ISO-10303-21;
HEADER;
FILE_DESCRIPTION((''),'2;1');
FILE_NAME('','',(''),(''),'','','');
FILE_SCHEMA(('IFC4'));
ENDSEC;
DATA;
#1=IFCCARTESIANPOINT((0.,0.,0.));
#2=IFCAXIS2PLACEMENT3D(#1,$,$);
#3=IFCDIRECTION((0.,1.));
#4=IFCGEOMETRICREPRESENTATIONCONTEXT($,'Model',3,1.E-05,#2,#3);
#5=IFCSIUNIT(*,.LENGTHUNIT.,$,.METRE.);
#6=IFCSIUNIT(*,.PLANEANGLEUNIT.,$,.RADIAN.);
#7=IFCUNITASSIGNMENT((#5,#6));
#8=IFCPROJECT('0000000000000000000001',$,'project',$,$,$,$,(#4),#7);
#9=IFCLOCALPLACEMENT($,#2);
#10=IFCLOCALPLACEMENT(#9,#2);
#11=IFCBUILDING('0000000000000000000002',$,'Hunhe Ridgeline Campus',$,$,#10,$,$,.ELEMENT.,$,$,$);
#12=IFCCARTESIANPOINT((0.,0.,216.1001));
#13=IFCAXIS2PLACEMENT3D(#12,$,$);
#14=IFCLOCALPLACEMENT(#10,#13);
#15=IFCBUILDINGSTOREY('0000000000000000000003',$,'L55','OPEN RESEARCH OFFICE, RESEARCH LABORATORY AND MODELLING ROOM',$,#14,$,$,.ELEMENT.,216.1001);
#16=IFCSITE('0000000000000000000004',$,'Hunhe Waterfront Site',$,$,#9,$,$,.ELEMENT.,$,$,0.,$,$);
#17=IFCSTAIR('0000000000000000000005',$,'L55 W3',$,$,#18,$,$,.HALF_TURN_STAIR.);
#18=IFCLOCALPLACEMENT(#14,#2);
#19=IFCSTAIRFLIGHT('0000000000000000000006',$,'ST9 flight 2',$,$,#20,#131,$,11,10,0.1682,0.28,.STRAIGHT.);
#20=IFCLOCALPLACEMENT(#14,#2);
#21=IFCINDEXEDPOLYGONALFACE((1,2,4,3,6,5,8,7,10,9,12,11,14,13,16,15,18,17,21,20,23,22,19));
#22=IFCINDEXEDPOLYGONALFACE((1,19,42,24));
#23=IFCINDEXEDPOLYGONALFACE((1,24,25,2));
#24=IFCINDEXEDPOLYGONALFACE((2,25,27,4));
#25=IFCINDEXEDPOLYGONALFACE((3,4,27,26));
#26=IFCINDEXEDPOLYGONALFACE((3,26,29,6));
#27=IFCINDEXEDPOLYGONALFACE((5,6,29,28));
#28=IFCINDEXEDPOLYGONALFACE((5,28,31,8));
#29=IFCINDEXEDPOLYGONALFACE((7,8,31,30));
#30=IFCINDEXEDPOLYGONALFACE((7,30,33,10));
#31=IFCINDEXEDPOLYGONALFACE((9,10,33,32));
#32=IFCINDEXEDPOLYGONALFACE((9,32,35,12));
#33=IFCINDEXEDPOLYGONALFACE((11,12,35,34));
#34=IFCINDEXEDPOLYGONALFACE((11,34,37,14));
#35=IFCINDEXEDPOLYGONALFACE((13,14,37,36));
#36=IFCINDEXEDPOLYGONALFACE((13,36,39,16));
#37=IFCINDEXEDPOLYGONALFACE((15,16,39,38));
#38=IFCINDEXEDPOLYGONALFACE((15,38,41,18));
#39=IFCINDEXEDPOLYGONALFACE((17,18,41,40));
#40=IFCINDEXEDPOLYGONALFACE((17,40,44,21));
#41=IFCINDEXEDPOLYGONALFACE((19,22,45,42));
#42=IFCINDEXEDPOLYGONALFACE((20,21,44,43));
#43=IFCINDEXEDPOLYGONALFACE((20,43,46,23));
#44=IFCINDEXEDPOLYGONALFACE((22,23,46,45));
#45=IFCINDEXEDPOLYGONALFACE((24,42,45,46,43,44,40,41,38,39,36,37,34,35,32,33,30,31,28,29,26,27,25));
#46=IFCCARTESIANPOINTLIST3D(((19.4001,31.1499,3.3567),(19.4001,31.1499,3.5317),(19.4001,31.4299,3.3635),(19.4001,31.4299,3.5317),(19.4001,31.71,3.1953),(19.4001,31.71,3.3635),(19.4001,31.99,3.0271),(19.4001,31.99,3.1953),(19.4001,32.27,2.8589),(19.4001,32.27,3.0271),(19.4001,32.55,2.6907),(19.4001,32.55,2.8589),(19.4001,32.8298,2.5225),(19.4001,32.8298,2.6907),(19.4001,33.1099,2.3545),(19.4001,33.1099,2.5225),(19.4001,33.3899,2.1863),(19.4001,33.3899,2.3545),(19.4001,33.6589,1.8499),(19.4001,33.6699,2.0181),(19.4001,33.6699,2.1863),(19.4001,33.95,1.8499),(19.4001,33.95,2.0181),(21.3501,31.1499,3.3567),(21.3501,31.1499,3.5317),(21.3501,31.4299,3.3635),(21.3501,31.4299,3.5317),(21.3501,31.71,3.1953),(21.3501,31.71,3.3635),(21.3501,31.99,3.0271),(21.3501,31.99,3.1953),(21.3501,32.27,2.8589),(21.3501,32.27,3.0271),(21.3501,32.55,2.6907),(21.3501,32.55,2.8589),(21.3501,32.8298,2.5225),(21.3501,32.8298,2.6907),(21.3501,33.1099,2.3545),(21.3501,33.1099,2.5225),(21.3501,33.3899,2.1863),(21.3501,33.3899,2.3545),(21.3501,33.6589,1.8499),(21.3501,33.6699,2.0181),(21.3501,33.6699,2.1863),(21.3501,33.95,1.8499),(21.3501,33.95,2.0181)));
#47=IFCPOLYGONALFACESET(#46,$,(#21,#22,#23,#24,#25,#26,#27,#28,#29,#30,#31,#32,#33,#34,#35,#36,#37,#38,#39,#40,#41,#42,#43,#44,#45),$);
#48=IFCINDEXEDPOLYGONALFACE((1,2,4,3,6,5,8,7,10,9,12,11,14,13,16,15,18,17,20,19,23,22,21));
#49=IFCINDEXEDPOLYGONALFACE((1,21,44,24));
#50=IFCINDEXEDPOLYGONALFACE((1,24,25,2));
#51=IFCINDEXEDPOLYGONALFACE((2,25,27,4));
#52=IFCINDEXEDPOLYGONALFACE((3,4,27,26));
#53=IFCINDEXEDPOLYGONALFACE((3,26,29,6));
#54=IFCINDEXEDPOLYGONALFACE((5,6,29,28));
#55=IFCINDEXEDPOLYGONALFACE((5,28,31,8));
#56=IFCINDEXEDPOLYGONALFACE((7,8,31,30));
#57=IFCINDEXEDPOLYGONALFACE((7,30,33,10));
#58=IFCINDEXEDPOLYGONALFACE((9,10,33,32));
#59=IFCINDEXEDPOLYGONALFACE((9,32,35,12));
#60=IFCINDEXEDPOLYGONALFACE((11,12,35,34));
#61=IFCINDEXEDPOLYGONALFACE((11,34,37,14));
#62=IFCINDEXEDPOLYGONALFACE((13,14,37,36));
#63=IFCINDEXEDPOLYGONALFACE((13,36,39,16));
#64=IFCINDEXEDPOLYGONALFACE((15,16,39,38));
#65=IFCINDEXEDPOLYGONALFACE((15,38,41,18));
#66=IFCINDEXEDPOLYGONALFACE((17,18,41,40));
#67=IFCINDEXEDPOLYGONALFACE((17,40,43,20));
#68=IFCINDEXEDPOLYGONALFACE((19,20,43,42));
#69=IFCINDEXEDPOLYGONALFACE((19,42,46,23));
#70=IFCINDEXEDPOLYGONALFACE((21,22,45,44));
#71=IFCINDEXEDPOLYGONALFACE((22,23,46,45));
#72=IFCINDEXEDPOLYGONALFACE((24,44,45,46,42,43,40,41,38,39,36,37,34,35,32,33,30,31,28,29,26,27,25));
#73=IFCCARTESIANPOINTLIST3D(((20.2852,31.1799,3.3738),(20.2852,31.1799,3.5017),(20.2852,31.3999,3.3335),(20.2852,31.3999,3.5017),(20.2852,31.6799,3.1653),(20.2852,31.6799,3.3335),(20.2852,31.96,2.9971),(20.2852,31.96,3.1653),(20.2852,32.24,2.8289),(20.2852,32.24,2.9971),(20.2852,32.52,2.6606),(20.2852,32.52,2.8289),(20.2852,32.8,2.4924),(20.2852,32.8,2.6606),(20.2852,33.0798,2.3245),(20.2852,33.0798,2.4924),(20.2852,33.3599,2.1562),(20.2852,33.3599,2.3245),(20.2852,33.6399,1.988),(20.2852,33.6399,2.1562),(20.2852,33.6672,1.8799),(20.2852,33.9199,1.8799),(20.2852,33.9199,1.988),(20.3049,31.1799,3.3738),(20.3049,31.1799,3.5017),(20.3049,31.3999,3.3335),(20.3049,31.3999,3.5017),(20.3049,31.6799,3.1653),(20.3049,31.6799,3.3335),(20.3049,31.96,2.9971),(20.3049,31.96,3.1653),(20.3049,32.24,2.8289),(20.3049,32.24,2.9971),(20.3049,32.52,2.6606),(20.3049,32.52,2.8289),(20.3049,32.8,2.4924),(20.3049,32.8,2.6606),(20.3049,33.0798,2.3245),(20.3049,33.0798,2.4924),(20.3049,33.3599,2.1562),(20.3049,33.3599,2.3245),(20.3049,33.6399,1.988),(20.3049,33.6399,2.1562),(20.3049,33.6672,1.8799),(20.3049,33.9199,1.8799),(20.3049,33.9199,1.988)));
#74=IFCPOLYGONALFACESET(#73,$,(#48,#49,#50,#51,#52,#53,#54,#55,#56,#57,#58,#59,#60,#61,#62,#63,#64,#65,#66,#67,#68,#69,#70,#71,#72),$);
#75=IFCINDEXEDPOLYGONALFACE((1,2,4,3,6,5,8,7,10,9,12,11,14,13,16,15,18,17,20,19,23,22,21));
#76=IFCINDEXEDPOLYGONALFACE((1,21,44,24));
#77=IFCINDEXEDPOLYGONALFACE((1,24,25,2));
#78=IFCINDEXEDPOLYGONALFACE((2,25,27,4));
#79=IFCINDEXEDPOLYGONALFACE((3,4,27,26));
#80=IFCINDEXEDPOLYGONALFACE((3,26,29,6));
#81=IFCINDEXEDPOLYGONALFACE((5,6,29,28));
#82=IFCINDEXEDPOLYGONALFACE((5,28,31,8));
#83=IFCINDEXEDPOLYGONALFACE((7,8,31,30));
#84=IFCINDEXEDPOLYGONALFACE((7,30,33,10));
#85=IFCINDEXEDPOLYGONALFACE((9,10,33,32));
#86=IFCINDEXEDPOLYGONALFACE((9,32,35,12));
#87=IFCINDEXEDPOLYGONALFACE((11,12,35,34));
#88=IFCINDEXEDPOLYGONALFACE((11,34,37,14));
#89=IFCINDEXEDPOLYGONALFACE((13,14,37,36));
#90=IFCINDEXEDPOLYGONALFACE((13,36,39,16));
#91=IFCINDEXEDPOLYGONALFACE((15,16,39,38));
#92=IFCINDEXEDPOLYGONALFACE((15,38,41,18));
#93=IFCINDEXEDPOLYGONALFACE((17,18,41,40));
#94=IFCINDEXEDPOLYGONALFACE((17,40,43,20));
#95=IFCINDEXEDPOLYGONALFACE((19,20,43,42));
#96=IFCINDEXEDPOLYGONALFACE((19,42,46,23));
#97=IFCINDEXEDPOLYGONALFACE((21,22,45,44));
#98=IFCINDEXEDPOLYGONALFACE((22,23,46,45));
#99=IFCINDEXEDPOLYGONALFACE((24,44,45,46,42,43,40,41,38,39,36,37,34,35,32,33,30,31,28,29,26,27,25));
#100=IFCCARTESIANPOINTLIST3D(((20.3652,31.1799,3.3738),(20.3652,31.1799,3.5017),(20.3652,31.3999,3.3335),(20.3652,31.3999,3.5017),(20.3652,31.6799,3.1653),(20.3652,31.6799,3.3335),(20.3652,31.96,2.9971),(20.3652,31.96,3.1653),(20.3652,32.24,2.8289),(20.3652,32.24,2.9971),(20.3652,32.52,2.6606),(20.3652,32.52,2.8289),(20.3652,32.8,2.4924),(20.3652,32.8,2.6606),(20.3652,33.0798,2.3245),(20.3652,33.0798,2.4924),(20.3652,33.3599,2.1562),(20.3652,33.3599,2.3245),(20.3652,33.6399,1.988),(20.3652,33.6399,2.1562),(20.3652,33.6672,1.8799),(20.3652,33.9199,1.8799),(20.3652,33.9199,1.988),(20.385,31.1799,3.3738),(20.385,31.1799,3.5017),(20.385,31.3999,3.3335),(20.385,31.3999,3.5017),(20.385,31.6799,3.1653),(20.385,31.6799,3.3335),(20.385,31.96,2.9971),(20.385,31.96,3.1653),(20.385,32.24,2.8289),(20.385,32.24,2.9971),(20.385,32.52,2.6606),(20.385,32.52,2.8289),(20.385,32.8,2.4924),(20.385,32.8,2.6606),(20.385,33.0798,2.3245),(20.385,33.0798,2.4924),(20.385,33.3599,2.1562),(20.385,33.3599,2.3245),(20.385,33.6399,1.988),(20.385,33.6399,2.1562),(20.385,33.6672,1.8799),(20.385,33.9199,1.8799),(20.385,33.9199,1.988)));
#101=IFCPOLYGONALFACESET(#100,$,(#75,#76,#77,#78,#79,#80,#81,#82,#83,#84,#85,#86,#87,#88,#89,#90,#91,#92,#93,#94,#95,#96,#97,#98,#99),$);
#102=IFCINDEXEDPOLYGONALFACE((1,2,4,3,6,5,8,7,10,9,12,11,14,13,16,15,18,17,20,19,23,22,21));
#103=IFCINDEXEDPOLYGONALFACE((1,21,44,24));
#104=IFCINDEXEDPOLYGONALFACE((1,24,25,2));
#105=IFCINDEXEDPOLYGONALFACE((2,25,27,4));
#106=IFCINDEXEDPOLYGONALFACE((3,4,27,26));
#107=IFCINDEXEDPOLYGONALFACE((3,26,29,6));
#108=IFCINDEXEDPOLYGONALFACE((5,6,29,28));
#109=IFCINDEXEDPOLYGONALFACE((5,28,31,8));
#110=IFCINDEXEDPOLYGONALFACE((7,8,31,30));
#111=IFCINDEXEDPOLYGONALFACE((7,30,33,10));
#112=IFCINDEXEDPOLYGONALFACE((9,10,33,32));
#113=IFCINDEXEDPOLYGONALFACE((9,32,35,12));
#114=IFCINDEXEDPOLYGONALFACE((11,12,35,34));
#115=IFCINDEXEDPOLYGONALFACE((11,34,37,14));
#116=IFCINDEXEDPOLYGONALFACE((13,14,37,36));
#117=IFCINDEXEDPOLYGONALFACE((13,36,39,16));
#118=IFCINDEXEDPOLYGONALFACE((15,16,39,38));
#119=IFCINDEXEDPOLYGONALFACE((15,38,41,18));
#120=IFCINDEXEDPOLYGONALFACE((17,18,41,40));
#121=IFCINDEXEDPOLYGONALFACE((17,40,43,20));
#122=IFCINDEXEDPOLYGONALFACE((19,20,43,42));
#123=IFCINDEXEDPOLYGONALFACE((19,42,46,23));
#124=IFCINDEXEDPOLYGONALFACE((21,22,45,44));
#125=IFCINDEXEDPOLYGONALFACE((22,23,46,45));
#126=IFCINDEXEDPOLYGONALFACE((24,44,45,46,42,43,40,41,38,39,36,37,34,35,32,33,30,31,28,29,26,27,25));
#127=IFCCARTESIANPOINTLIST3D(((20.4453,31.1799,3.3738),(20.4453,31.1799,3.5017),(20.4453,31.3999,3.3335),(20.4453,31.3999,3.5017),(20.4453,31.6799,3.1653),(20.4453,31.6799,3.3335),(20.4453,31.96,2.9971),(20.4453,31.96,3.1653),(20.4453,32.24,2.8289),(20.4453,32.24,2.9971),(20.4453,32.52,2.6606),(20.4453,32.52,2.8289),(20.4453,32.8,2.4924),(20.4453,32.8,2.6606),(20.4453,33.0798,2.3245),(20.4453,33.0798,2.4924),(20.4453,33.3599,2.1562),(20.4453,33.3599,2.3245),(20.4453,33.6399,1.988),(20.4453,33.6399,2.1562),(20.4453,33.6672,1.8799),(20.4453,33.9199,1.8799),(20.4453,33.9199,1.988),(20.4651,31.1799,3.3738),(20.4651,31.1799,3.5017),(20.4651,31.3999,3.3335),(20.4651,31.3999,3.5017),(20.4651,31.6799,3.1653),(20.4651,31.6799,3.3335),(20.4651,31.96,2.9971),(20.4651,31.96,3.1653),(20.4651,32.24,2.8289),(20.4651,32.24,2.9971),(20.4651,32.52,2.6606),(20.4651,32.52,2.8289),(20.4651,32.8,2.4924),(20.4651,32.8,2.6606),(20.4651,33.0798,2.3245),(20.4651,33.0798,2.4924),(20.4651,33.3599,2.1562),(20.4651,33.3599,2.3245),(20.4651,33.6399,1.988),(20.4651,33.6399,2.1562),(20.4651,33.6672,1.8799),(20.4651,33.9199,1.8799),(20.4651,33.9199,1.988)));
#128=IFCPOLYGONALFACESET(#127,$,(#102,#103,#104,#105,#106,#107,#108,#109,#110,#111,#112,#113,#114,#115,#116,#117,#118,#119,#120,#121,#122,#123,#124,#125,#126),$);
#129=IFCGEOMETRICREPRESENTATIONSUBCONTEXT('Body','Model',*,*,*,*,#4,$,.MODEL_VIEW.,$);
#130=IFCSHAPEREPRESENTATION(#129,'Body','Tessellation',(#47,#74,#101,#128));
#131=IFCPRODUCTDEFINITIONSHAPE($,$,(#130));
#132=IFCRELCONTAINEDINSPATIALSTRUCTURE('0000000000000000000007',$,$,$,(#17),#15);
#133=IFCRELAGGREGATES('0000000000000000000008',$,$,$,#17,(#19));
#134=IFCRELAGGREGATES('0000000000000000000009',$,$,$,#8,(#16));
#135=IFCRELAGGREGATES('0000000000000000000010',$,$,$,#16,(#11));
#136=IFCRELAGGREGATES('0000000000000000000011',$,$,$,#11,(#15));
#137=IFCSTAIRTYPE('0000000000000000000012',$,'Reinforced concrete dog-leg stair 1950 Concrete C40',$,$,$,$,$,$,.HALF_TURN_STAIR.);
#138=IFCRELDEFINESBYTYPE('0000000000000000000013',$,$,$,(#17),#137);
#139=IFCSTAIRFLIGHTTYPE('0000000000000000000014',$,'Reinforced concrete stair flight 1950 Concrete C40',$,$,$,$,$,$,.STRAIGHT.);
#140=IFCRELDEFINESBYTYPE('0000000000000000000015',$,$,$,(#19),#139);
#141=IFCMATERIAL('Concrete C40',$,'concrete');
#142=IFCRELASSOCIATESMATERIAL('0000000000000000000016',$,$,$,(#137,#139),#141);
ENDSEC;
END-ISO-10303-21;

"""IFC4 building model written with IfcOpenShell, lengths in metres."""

from ifc_helpers import new_model, si_unit, direction, frame, origin, place, context, subcontext, project, spatial, polyline, outline, extrude, material, type_object, element, aggregate, save


model = new_model("IFC4")

# Units and contexts
model_context = context("Model", 3, precision=1e-05, world=origin(), true_north=direction((0.0, 1.0)))
body_context = subcontext(model_context, "Body", "Model", "MODEL_VIEW")
ifc_project = project(units=[si_unit("LENGTHUNIT", "METRE"), si_unit("PLANEANGLEUNIT", "RADIAN")], contexts=[model_context])

# Site, building, storey
site_placement = place(None, origin())
site = spatial("IfcSite", under=ifc_project, at=site_placement, Name="Hunhe Waterfront Site", CompositionType="ELEMENT", RefElevation=0.0)
building_placement = place(site_placement, origin())
building = spatial("IfcBuilding", under=site, at=building_placement, Name="Hunhe Ridgeline Campus", CompositionType="ELEMENT")
storey_placement = place(building_placement, frame((0.0, 0.0, 216.1001)))
storey = spatial("IfcBuildingStorey", under=building, at=storey_placement, Name="L55", Description="OPEN RESEARCH OFFICE, RESEARCH LABORATORY AND MODELLING ROOM", CompositionType="ELEMENT", Elevation=216.1001)

# Stair, stair flight
ifc_material_1 = material(Name="Concrete C40", Category="concrete")
stair_type = type_object("IfcStairType", Name="Reinforced concrete dog-leg stair 1950 Concrete C40", PredefinedType="HALF_TURN_STAIR", material=ifc_material_1)
stair_placement = place(storey_placement, origin())
stair = element("IfcStair", 1, at=stair_placement, inside=storey, type_object=stair_type, Name="L55 W3", PredefinedType="HALF_TURN_STAIR")
stair_flight_type = type_object("IfcStairFlightType", Name="Reinforced concrete stair flight 1950 Concrete C40", PredefinedType="STRAIGHT", material=ifc_material_1)
stair_flight_1_placement = place(storey_placement, frame((20.375, 33.95, 1.8499), z_axis=(0.0, 0.0, 1.0), x_axis=(0.0, -1.0, 0.0)))
stair_flight_1 = element("IfcStairFlight", 2, at=stair_flight_1_placement, type_object=stair_flight_type, Name="ST9 flight 2", NumberOfRisers=11, NumberOfTreads=10, PredefinedType="STRAIGHT", RiserHeight=0.1682, TreadLength=0.28, context=body_context, shape_type="SweptSolid", body=[
    extrude(outline(polyline([(0.0, 0.0), (0.0, 0.1682), (0.28, 0.1682), (0.28, 0.3364), (0.5601, 0.3364), (0.5601, 0.5046), (0.8401, 0.5046), (0.8401, 0.6726), (1.1201, 0.6726), (1.1201, 0.8408), (1.3999, 0.8408), (1.3999, 1.009), (1.6799, 1.009), (1.6799, 1.1772), (1.96, 1.1772), (1.96, 1.3455), (2.24, 1.3455), (2.24, 1.5137), (2.52, 1.5137), (2.52, 1.6819), (2.8, 1.6819), (2.8, 1.8501), (2.8, 1.5068), (0.291, 0.0), (0.0, 0.0)])), frame((0.0, 0.9751, 0.0), z_axis=(0.0, -1.0, 0.0), x_axis=(1.0, 0.0, 0.0)), (0.0, 0.0, 1.0), 1.95),
    extrude(outline(polyline([(0.03, 0.03), (0.03, 0.1382), (0.3101, 0.1382), (0.3101, 0.3064), (0.5901, 0.3064), (0.5901, 0.4746), (0.8701, 0.4746), (0.8701, 0.6426), (1.1499, 0.6426), (1.1499, 0.8108), (1.4299, 0.8108), (1.4299, 0.979), (1.71, 0.979), (1.71, 1.1472), (1.99, 1.1472), (1.99, 1.3154), (2.27, 1.3154), (2.27, 1.4836), (2.55, 1.4836), (2.55, 1.6519), (2.77, 1.6519), (2.77, 1.5239), (0.2827, 0.03), (0.03, 0.03)])), frame((0.0, -0.0701, 0.0), z_axis=(0.0, -1.0, 0.0), x_axis=(1.0, 0.0, 0.0)), (0.0, 0.0, 1.0), 0.0198),
    extrude(outline(polyline([(0.03, 0.03), (0.03, 0.1382), (0.3101, 0.1382), (0.3101, 0.3064), (0.5901, 0.3064), (0.5901, 0.4746), (0.8701, 0.4746), (0.8701, 0.6426), (1.1499, 0.6426), (1.1499, 0.8108), (1.4299, 0.8108), (1.4299, 0.979), (1.71, 0.979), (1.71, 1.1472), (1.99, 1.1472), (1.99, 1.3154), (2.27, 1.3154), (2.27, 1.4836), (2.55, 1.4836), (2.55, 1.6519), (2.77, 1.6519), (2.77, 1.5239), (0.2827, 0.03), (0.03, 0.03)])), frame((0.0, 0.01, 0.0), z_axis=(0.0, -1.0, 0.0), x_axis=(1.0, 0.0, 0.0)), (0.0, 0.0, 1.0), 0.0198),
    extrude(outline(polyline([(0.03, 0.03), (0.03, 0.1382), (0.3101, 0.1382), (0.3101, 0.3064), (0.5901, 0.3064), (0.5901, 0.4746), (0.8701, 0.4746), (0.8701, 0.6426), (1.1499, 0.6426), (1.1499, 0.8108), (1.4299, 0.8108), (1.4299, 0.979), (1.71, 0.979), (1.71, 1.1472), (1.99, 1.1472), (1.99, 1.3154), (2.27, 1.3154), (2.27, 1.4836), (2.55, 1.4836), (2.55, 1.6519), (2.77, 1.6519), (2.77, 1.5239), (0.2827, 0.03), (0.03, 0.03)])), frame((0.0, 0.0901, 0.0), z_axis=(0.0, -1.0, 0.0), x_axis=(1.0, 0.0, 0.0)), (0.0, 0.0, 1.0), 0.0198),
])
aggregate(stair, [stair_flight_1])

save(model, "model.ifc")
